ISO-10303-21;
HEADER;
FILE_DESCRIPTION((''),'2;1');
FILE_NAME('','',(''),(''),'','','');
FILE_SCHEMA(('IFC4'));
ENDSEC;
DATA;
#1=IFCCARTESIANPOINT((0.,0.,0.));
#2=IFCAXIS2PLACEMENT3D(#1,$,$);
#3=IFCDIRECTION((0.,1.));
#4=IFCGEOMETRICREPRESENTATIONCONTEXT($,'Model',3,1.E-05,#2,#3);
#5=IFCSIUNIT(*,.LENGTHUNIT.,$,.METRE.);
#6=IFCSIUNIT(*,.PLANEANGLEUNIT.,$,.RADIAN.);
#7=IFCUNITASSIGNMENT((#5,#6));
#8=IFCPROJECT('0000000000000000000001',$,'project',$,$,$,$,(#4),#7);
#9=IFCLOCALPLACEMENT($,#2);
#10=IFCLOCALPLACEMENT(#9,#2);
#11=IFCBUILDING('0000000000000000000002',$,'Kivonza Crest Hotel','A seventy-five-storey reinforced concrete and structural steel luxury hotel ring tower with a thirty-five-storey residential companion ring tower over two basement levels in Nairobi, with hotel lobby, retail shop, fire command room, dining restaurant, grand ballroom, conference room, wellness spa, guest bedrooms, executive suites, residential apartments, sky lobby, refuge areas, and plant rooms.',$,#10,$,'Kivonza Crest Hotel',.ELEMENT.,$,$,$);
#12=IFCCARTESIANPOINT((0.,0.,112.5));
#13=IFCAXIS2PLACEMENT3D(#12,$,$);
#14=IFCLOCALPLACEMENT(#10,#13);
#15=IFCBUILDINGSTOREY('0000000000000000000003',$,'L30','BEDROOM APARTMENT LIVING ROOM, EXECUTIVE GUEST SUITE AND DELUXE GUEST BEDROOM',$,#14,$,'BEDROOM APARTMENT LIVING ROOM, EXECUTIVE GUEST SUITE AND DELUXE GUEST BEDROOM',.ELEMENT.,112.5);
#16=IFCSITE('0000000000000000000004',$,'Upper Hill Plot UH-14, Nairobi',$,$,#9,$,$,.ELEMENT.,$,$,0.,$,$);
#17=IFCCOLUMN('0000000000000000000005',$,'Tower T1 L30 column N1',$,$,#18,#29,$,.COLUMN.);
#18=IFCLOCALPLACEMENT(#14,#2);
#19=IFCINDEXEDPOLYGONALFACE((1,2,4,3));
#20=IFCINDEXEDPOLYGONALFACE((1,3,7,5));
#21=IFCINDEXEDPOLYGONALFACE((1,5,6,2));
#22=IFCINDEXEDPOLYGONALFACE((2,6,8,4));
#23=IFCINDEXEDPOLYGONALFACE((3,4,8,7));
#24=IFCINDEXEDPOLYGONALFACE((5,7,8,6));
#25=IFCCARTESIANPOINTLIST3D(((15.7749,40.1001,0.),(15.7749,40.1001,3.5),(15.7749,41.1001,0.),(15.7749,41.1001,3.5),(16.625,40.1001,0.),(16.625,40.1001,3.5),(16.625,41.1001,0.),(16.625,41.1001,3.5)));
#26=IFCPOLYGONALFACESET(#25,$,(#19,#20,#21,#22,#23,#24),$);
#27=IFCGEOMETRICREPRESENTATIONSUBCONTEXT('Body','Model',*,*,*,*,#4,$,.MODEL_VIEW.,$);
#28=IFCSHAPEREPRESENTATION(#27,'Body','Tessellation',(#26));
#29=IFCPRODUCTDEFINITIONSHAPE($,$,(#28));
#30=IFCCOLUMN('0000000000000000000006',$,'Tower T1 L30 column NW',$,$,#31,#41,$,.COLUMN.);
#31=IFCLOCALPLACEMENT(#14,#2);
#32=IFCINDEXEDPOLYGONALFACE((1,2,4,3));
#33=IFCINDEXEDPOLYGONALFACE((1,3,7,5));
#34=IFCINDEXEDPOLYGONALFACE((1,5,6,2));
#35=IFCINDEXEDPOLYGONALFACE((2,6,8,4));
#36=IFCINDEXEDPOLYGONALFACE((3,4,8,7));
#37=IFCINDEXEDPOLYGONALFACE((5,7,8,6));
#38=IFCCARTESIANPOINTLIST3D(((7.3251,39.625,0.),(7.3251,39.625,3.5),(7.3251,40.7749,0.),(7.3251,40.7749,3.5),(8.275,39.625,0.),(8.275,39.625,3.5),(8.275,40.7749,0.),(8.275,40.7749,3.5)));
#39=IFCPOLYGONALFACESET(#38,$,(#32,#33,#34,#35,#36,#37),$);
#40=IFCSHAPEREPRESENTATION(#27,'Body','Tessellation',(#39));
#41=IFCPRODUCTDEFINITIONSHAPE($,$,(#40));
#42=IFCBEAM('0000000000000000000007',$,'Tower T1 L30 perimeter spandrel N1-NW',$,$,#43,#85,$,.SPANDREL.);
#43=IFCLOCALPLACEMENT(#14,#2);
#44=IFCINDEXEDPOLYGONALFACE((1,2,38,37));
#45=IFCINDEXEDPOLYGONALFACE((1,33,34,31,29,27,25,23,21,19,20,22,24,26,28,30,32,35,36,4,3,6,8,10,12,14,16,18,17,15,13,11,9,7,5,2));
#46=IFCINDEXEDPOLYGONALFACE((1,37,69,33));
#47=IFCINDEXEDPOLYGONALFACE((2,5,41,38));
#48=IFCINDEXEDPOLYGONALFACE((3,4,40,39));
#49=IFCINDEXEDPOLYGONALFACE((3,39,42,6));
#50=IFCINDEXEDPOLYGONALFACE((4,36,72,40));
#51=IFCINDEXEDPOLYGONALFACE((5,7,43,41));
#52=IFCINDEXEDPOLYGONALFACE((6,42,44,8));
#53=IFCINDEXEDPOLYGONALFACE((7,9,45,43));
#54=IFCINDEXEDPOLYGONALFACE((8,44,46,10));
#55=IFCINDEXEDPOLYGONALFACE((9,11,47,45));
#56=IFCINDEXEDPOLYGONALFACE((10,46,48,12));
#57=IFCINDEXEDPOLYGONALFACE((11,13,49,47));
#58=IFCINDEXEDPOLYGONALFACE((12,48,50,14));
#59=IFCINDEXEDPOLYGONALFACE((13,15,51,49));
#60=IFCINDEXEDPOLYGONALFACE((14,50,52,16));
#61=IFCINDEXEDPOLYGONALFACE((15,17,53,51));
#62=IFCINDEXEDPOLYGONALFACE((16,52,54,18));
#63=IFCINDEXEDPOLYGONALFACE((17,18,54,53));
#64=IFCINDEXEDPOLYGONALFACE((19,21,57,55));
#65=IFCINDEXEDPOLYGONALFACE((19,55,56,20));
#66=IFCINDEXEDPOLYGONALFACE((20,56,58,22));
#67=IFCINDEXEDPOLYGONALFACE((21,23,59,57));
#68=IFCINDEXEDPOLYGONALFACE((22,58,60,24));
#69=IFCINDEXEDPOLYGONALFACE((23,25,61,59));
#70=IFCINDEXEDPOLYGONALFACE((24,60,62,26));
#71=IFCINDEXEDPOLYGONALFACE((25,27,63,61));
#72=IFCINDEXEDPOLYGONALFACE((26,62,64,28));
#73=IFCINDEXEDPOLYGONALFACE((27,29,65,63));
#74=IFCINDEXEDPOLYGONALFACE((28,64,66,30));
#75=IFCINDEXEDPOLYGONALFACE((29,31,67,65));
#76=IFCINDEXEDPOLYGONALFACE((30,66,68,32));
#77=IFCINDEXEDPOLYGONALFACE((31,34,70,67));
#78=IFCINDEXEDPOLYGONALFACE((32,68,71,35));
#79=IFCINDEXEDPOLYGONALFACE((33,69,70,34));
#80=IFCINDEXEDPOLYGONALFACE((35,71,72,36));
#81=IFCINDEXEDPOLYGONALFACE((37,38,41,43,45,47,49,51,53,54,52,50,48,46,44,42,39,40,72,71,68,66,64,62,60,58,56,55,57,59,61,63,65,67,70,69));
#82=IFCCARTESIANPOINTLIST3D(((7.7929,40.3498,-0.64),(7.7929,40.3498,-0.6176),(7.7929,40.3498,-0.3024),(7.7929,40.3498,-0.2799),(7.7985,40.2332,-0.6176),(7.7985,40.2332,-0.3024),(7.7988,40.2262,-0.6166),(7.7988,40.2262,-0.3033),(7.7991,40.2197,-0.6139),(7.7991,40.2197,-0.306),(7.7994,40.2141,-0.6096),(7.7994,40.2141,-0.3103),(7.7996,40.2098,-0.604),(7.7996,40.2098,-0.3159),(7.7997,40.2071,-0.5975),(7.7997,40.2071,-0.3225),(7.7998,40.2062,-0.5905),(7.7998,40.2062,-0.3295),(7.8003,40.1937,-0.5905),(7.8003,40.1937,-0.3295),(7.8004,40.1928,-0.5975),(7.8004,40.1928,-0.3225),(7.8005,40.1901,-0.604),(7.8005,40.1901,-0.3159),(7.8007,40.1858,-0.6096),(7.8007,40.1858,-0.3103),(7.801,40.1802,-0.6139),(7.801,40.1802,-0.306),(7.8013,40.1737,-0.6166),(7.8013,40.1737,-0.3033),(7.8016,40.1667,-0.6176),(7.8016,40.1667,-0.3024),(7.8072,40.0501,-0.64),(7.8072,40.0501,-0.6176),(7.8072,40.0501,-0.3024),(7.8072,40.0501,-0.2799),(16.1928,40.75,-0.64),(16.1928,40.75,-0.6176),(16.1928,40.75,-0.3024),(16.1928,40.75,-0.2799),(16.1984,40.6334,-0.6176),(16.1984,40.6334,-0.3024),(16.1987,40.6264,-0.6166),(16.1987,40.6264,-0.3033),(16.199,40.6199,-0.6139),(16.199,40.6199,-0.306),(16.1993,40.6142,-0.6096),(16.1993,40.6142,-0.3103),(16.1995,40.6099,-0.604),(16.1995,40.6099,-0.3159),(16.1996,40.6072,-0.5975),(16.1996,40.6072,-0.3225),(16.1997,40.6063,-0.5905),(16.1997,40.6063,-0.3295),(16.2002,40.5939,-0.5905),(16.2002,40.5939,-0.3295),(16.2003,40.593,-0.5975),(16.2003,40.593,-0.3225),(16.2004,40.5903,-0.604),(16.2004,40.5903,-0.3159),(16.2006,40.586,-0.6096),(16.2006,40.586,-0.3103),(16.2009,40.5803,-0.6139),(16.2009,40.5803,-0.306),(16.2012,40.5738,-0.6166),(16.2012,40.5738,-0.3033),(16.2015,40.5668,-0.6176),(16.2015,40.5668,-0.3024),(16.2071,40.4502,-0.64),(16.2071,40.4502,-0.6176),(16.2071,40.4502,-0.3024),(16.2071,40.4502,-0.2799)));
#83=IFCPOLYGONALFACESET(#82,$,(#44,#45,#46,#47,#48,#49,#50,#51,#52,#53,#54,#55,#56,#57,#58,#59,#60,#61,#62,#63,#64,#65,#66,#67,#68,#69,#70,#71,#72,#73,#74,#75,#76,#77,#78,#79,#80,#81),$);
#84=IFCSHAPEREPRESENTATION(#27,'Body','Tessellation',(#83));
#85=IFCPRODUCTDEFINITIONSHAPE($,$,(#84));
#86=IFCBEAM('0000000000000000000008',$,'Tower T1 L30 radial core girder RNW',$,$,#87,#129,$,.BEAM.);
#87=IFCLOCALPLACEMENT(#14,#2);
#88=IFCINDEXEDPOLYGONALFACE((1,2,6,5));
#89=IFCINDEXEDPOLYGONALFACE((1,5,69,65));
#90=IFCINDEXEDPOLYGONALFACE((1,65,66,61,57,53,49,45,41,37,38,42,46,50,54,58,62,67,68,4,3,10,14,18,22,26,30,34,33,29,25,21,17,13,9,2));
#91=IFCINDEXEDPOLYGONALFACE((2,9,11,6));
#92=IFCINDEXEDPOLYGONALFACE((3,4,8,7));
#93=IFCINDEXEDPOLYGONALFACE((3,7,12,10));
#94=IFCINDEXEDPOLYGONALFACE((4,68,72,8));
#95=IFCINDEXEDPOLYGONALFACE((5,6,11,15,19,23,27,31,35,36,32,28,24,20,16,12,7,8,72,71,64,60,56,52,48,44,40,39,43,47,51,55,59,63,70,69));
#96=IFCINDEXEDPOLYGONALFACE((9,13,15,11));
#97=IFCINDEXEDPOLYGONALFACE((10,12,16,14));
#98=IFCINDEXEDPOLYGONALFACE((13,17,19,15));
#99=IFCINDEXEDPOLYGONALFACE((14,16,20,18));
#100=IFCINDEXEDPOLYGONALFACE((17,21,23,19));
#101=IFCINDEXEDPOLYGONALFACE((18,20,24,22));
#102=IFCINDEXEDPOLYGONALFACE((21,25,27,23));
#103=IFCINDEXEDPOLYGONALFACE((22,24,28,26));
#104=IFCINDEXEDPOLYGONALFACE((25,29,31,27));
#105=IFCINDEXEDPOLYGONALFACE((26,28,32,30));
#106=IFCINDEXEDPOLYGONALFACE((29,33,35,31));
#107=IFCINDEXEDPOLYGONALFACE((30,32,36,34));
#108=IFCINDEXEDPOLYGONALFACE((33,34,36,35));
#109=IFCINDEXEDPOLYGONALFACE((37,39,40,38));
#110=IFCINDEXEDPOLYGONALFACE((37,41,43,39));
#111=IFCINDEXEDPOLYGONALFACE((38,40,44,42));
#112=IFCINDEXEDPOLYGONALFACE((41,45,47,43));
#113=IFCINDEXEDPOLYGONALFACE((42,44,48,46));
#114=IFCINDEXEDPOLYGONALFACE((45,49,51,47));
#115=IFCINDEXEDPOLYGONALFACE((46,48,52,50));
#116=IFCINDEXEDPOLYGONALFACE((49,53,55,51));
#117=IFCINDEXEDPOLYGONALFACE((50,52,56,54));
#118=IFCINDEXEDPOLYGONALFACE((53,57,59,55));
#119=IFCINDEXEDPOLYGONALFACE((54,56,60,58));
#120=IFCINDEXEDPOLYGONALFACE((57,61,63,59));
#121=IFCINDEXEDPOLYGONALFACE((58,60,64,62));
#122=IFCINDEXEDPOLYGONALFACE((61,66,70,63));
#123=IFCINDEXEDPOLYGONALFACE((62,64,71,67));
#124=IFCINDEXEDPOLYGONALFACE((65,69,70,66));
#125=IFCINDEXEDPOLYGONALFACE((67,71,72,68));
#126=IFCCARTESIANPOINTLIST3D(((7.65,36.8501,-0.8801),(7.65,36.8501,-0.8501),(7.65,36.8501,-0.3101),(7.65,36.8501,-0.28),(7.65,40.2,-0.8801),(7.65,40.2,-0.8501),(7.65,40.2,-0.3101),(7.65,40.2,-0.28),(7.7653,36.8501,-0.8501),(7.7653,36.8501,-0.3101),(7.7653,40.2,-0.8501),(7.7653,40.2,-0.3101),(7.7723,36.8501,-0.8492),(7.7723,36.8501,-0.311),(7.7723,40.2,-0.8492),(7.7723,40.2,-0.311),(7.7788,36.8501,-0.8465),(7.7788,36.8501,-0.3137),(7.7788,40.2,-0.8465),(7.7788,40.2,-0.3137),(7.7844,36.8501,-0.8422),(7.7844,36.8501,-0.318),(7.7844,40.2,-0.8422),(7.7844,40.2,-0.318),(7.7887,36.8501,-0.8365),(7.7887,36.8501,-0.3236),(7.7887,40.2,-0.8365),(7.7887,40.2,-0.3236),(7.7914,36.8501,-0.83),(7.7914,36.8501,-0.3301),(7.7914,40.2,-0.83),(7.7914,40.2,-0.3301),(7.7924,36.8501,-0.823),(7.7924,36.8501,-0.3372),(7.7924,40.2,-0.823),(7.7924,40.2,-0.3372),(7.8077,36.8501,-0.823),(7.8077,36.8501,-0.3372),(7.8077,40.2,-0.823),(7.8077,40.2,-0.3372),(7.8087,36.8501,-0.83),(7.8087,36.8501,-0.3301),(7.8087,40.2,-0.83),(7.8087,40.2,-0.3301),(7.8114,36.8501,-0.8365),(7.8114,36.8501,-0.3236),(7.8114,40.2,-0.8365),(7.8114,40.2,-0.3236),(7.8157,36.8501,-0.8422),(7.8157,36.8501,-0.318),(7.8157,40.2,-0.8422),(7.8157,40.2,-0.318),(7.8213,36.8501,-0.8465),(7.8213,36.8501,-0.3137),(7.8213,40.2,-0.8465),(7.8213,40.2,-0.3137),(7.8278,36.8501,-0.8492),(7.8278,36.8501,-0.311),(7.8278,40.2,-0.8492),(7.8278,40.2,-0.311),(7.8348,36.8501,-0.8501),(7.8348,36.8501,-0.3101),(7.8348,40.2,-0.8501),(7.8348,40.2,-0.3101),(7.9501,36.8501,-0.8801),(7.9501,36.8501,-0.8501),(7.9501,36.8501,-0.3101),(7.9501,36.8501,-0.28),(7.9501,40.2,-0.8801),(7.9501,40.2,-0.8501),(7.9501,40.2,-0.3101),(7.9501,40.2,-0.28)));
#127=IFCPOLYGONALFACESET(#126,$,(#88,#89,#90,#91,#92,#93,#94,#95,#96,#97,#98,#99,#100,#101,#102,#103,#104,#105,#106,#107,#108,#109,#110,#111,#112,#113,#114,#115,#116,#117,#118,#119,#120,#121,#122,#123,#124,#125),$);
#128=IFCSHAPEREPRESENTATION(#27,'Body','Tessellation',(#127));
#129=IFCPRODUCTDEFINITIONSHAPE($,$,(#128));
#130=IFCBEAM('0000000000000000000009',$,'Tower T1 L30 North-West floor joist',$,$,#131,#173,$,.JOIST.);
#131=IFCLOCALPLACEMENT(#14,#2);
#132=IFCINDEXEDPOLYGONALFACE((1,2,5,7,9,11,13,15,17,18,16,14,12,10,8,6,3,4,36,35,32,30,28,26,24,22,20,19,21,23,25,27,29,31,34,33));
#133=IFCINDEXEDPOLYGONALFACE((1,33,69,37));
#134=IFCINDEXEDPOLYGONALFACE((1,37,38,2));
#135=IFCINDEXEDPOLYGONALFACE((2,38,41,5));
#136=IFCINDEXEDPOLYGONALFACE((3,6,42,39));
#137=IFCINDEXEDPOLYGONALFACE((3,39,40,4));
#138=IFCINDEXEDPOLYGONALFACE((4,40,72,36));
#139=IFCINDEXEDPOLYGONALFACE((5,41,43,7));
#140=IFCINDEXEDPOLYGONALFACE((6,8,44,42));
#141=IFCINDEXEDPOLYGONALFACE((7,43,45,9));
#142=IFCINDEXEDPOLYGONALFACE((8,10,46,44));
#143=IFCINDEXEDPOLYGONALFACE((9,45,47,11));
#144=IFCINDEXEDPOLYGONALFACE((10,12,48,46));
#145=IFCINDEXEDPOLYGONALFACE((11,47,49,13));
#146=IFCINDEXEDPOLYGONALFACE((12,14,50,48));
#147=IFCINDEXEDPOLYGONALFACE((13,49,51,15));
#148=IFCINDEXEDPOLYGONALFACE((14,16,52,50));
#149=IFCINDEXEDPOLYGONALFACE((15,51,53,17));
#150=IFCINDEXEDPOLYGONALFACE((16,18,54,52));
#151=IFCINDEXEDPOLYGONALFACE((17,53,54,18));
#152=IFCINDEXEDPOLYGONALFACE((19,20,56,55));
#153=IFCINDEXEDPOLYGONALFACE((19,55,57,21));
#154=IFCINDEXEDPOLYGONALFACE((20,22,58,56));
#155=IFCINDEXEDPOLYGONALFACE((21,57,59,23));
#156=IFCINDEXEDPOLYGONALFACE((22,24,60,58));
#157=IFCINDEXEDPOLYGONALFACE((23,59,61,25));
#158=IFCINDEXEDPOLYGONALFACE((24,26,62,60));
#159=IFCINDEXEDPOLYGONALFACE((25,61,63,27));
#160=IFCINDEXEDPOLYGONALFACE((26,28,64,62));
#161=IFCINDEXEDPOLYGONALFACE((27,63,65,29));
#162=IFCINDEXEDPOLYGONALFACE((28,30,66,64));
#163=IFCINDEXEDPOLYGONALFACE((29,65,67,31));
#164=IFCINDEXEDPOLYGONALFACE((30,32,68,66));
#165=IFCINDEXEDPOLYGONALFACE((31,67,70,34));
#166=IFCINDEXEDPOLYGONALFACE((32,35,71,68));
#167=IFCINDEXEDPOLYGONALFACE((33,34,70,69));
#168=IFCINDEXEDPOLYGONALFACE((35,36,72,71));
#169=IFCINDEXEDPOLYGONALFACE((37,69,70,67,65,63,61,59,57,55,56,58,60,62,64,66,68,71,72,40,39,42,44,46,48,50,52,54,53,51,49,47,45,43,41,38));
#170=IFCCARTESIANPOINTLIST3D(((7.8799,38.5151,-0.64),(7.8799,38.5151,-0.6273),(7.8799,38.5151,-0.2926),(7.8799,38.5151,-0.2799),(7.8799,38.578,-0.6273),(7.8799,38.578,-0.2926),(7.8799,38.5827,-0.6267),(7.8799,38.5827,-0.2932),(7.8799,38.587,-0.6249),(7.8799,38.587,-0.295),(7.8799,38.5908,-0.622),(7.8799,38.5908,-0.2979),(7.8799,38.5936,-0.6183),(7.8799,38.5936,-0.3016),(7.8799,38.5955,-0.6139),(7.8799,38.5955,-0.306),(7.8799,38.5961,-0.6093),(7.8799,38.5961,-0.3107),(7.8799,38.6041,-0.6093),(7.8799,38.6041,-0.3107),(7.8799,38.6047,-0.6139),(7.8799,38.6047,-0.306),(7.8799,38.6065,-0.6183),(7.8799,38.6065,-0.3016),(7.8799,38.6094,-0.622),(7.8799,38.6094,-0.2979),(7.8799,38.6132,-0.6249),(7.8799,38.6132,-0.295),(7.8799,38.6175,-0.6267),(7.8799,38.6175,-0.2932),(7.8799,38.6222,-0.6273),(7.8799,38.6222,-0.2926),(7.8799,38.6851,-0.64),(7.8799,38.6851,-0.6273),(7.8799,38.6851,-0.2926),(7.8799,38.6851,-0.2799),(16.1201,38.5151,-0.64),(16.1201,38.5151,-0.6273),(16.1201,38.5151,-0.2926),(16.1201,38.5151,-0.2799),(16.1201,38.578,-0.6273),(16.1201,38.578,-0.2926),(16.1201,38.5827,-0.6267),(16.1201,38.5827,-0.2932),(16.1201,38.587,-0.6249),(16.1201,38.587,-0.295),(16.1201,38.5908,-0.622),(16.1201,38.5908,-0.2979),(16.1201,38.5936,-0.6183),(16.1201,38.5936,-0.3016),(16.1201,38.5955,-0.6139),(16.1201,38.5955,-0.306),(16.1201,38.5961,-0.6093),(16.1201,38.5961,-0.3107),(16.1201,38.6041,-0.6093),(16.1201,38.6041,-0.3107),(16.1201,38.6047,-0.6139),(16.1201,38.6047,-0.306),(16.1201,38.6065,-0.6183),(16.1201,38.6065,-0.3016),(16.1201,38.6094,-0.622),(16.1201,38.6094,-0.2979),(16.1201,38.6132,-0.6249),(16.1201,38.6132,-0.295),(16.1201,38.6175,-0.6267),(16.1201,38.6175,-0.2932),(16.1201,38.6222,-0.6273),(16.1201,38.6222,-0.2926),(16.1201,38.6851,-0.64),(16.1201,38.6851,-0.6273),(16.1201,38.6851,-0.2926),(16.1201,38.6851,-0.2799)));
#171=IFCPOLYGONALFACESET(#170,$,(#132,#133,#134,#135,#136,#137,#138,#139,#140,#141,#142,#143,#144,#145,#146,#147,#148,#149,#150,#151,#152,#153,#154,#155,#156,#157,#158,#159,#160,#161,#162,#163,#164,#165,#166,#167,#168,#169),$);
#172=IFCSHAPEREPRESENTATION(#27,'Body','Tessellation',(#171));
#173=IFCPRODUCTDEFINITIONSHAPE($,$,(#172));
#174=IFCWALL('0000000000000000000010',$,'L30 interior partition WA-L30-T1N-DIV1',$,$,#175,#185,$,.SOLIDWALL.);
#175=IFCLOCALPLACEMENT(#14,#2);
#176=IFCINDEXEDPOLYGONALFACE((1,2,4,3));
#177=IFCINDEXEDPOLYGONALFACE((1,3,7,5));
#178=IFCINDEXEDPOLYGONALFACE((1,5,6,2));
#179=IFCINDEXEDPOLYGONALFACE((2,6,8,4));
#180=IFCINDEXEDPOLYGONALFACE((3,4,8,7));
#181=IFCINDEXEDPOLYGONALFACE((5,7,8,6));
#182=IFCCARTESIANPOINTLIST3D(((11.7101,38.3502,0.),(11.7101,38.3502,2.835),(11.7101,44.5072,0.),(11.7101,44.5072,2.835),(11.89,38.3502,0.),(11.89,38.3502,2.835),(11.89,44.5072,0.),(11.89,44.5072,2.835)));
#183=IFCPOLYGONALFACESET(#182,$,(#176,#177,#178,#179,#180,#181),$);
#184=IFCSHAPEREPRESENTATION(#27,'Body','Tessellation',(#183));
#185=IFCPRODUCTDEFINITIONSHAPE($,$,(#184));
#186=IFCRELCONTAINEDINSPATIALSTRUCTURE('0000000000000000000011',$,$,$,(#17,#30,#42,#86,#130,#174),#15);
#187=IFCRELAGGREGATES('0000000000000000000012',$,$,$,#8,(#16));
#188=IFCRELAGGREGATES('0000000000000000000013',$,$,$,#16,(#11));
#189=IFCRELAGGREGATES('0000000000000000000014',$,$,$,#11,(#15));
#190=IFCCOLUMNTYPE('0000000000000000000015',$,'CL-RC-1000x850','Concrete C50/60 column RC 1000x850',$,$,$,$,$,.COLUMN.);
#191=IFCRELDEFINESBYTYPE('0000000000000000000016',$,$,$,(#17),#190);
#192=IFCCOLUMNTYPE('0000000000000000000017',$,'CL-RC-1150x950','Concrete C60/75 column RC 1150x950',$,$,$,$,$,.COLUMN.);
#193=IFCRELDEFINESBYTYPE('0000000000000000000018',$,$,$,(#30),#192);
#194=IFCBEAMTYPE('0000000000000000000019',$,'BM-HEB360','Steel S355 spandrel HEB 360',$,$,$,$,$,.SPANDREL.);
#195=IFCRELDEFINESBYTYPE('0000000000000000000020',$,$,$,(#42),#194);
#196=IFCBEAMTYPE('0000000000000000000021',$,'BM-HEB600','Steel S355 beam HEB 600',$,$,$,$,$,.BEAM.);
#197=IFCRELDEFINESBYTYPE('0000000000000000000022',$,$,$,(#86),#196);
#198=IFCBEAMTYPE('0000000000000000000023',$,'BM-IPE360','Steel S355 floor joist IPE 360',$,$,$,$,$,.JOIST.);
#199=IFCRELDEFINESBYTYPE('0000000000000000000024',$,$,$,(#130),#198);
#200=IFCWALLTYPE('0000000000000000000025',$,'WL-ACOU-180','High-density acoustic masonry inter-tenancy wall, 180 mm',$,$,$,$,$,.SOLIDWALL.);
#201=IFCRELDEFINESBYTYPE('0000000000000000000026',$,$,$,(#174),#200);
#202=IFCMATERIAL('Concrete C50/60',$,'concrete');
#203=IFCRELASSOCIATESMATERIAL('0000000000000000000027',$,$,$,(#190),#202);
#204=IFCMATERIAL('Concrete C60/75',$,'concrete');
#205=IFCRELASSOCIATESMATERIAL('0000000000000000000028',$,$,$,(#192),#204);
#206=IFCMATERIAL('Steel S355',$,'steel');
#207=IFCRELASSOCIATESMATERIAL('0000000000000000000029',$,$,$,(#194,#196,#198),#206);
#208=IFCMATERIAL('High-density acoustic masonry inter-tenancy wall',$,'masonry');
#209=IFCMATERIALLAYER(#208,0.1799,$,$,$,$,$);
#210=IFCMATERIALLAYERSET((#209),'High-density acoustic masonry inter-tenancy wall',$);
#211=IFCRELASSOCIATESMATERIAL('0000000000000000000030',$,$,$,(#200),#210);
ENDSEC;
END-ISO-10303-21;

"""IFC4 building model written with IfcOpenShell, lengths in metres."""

from ifc_helpers import new_model, si_unit, direction, frame, frame_2d, origin, origin_2d, place, context, subcontext, project, spatial, rectangle, i_section, extrude, material, layer, layer_set, material_profile, profile_set, type_object, element, save


model = new_model("IFC4")

# Units and contexts
model_context = context("Model", 3, precision=1e-05, world=origin(), true_north=direction((0.0, 1.0)))
body_context = subcontext(model_context, "Body", "Model", "MODEL_VIEW")
ifc_project = project(units=[si_unit("LENGTHUNIT", "METRE"), si_unit("PLANEANGLEUNIT", "RADIAN")], contexts=[model_context])

# Site, building, storey
site_placement = place(None, origin())
site = spatial("IfcSite", under=ifc_project, at=site_placement, Name="Upper Hill Plot UH-14, Nairobi", CompositionType="ELEMENT", RefElevation=0.0)
building_placement = place(site_placement, origin())
building = spatial("IfcBuilding", under=site, at=building_placement, Name="Kivonza Crest Hotel", Description="A seventy-five-storey reinforced concrete and structural steel luxury hotel ring tower with a thirty-five-storey residential companion ring tower over two basement levels in Nairobi, with hotel lobby, retail shop, fire command room, dining restaurant, grand ballroom, conference room, wellness spa, guest bedrooms, executive suites, residential apartments, sky lobby, refuge areas, and plant rooms.", LongName="Kivonza Crest Hotel", CompositionType="ELEMENT")
storey_placement = place(building_placement, frame((0.0, 0.0, 112.5)))
storey = spatial("IfcBuildingStorey", under=building, at=storey_placement, Name="L30", Description="BEDROOM APARTMENT LIVING ROOM, EXECUTIVE GUEST SUITE AND DELUXE GUEST BEDROOM", LongName="BEDROOM APARTMENT LIVING ROOM, EXECUTIVE GUEST SUITE AND DELUXE GUEST BEDROOM", CompositionType="ELEMENT", Elevation=112.5)

# Columns
ifc_material_1 = material(Name="Concrete C50/60", Category="concrete")
ifc_material_profile_1 = material_profile(ifc_material_1, rectangle(XDim=0.8501, YDim=1.0, at=origin_2d()), Name="RC 1000x850")
ifc_profile_set_1 = profile_set([ifc_material_profile_1], Name="Concrete C50/60")
column_type_1 = type_object("IfcColumnType", Name="CL-RC-1000x850", Description="Concrete C50/60 column RC 1000x850", PredefinedType="COLUMN", material=ifc_profile_set_1)
column_1_placement = place(storey_placement, frame((16.2, 40.6001, 0.0), z_axis=(0.0, 0.0, 1.0), x_axis=(1.0, 0.0, 0.0)))
element("IfcColumn", 1, at=column_1_placement, inside=storey, type_object=column_type_1, Name="Tower T1 L30 column N1", PredefinedType="COLUMN", context=body_context, shape_type="SweptSolid", body=[
    extrude(rectangle(XDim=0.8501, YDim=1.0, at=origin_2d()), origin(), (0.0, 0.0, 1.0), 3.5),
])
ifc_material_2 = material(Name="Concrete C60/75", Category="concrete")
ifc_material_profile_2 = material_profile(ifc_material_2, rectangle(XDim=0.95, YDim=1.1499, at=origin_2d()), Name="RC 1150x950")
ifc_profile_set_2 = profile_set([ifc_material_profile_2], Name="Concrete C60/75")
column_type_2 = type_object("IfcColumnType", Name="CL-RC-1150x950", Description="Concrete C60/75 column RC 1150x950", PredefinedType="COLUMN", material=ifc_profile_set_2)
column_2_placement = place(storey_placement, frame((7.8, 40.2, 0.0), z_axis=(0.0, 0.0, 1.0), x_axis=(1.0, 0.0, 0.0)))
element("IfcColumn", 2, at=column_2_placement, inside=storey, type_object=column_type_2, Name="Tower T1 L30 column NW", PredefinedType="COLUMN", context=body_context, shape_type="SweptSolid", body=[
    extrude(rectangle(XDim=0.95, YDim=1.1499, at=origin_2d()), origin(), (0.0, 0.0, 1.0), 3.5),
])

# Beams
ifc_material_3 = material(Name="Steel S355", Category="steel")
ifc_material_profile_3 = material_profile(ifc_material_3, i_section(OverallWidth=0.3, OverallDepth=0.3601, WebThickness=0.0125, FlangeThickness=0.0225, FilletRadius=0.0271, at=origin_2d()), Name="HEB 360")
ifc_profile_set_3 = profile_set([ifc_material_profile_3], Name="Steel S355")
beam_type_1 = type_object("IfcBeamType", Name="BM-HEB360", Description="Steel S355 spandrel HEB 360", PredefinedType="SPANDREL", material=ifc_profile_set_3)
beam_1_placement = place(storey_placement, frame((16.2, 40.6001, -0.46), z_axis=(-0.998867, -0.047583, 0.0), x_axis=(0.047583, -0.998867, 0.0)))
element("IfcBeam", 3, at=beam_1_placement, inside=storey, type_object=beam_type_1, Name="Tower T1 L30 perimeter spandrel N1-NW", PredefinedType="SPANDREL", context=body_context, shape_type="SweptSolid", body=[
    extrude(i_section(OverallWidth=0.3, OverallDepth=0.3601, WebThickness=0.0125, FlangeThickness=0.0225, FilletRadius=0.0271, at=origin_2d()), origin(), (0.0, 0.0, 1.0), 8.4094),
])
ifc_material_profile_4 = material_profile(ifc_material_3, i_section(OverallWidth=0.3, OverallDepth=0.6001, WebThickness=0.0154, FlangeThickness=0.03, FilletRadius=0.0271, at=origin_2d()), Name="HEB 600")
ifc_profile_set_4 = profile_set([ifc_material_profile_4], Name="Steel S355")
beam_type_2 = type_object("IfcBeamType", Name="BM-HEB600", Description="Steel S355 beam HEB 600", PredefinedType="BEAM", material=ifc_profile_set_4)
beam_2_placement = place(storey_placement, frame((7.8, 40.2, -0.5801), z_axis=(0.0, -1.0, 0.0), x_axis=(1.0, 0.0, 0.0)))
element("IfcBeam", 4, at=beam_2_placement, inside=storey, type_object=beam_type_2, Name="Tower T1 L30 radial core girder RNW", PredefinedType="BEAM", context=body_context, shape_type="SweptSolid", body=[
    extrude(i_section(OverallWidth=0.3, OverallDepth=0.6001, WebThickness=0.0154, FlangeThickness=0.03, FilletRadius=0.0271, at=origin_2d()), origin(), (0.0, 0.0, 1.0), 3.3499),
])
ifc_material_profile_5 = material_profile(ifc_material_3, i_section(OverallWidth=0.1699, OverallDepth=0.3601, WebThickness=0.0081, FlangeThickness=0.0127, FilletRadius=0.0181, at=origin_2d()), Name="IPE 360")
ifc_profile_set_5 = profile_set([ifc_material_profile_5], Name="Steel S355")
beam_type_3 = type_object("IfcBeamType", Name="BM-IPE360", Description="Steel S355 floor joist IPE 360", PredefinedType="JOIST", material=ifc_profile_set_5)
beam_3_placement = place(storey_placement, frame((7.8799, 38.6001, -0.46), z_axis=(1.0, 0.0, 0.0), x_axis=(0.0, 1.0, 0.0)))
element("IfcBeam", 5, at=beam_3_placement, inside=storey, type_object=beam_type_3, Name="Tower T1 L30 North-West floor joist", PredefinedType="JOIST", context=body_context, shape_type="SweptSolid", body=[
    extrude(i_section(OverallWidth=0.1699, OverallDepth=0.3601, WebThickness=0.0081, FlangeThickness=0.0127, FilletRadius=0.0181, at=origin_2d()), origin(), (0.0, 0.0, 1.0), 8.2402),
])

# Wall
ifc_material_4 = material(Name="High-density acoustic masonry inter-tenancy wall", Category="masonry")
ifc_layer_1 = layer(ifc_material_4, 0.1799)
ifc_layer_set_1 = layer_set([ifc_layer_1], Name="High-density acoustic masonry inter-tenancy wall")
wall_type_1 = type_object("IfcWallType", Name="WL-ACOU-180", Description="High-density acoustic masonry inter-tenancy wall, 180 mm", PredefinedType="SOLIDWALL", material=ifc_layer_set_1)
wall_1_placement = place(storey_placement, frame((11.8, 38.3501, 0.0), z_axis=(0.0, 0.0, 1.0), x_axis=(0.0, 1.0, 0.0)))
element("IfcWall", 6, at=wall_1_placement, inside=storey, type_object=wall_type_1, Name="L30 interior partition WA-L30-T1N-DIV1", PredefinedType="SOLIDWALL", context=body_context, shape_type="SweptSolid", body=[
    extrude(rectangle(XDim=6.157, YDim=0.1799, at=frame_2d((3.0786, 0.0))), origin(), (0.0, 0.0, 1.0), 2.835),
])

save(model, "model.ifc")
